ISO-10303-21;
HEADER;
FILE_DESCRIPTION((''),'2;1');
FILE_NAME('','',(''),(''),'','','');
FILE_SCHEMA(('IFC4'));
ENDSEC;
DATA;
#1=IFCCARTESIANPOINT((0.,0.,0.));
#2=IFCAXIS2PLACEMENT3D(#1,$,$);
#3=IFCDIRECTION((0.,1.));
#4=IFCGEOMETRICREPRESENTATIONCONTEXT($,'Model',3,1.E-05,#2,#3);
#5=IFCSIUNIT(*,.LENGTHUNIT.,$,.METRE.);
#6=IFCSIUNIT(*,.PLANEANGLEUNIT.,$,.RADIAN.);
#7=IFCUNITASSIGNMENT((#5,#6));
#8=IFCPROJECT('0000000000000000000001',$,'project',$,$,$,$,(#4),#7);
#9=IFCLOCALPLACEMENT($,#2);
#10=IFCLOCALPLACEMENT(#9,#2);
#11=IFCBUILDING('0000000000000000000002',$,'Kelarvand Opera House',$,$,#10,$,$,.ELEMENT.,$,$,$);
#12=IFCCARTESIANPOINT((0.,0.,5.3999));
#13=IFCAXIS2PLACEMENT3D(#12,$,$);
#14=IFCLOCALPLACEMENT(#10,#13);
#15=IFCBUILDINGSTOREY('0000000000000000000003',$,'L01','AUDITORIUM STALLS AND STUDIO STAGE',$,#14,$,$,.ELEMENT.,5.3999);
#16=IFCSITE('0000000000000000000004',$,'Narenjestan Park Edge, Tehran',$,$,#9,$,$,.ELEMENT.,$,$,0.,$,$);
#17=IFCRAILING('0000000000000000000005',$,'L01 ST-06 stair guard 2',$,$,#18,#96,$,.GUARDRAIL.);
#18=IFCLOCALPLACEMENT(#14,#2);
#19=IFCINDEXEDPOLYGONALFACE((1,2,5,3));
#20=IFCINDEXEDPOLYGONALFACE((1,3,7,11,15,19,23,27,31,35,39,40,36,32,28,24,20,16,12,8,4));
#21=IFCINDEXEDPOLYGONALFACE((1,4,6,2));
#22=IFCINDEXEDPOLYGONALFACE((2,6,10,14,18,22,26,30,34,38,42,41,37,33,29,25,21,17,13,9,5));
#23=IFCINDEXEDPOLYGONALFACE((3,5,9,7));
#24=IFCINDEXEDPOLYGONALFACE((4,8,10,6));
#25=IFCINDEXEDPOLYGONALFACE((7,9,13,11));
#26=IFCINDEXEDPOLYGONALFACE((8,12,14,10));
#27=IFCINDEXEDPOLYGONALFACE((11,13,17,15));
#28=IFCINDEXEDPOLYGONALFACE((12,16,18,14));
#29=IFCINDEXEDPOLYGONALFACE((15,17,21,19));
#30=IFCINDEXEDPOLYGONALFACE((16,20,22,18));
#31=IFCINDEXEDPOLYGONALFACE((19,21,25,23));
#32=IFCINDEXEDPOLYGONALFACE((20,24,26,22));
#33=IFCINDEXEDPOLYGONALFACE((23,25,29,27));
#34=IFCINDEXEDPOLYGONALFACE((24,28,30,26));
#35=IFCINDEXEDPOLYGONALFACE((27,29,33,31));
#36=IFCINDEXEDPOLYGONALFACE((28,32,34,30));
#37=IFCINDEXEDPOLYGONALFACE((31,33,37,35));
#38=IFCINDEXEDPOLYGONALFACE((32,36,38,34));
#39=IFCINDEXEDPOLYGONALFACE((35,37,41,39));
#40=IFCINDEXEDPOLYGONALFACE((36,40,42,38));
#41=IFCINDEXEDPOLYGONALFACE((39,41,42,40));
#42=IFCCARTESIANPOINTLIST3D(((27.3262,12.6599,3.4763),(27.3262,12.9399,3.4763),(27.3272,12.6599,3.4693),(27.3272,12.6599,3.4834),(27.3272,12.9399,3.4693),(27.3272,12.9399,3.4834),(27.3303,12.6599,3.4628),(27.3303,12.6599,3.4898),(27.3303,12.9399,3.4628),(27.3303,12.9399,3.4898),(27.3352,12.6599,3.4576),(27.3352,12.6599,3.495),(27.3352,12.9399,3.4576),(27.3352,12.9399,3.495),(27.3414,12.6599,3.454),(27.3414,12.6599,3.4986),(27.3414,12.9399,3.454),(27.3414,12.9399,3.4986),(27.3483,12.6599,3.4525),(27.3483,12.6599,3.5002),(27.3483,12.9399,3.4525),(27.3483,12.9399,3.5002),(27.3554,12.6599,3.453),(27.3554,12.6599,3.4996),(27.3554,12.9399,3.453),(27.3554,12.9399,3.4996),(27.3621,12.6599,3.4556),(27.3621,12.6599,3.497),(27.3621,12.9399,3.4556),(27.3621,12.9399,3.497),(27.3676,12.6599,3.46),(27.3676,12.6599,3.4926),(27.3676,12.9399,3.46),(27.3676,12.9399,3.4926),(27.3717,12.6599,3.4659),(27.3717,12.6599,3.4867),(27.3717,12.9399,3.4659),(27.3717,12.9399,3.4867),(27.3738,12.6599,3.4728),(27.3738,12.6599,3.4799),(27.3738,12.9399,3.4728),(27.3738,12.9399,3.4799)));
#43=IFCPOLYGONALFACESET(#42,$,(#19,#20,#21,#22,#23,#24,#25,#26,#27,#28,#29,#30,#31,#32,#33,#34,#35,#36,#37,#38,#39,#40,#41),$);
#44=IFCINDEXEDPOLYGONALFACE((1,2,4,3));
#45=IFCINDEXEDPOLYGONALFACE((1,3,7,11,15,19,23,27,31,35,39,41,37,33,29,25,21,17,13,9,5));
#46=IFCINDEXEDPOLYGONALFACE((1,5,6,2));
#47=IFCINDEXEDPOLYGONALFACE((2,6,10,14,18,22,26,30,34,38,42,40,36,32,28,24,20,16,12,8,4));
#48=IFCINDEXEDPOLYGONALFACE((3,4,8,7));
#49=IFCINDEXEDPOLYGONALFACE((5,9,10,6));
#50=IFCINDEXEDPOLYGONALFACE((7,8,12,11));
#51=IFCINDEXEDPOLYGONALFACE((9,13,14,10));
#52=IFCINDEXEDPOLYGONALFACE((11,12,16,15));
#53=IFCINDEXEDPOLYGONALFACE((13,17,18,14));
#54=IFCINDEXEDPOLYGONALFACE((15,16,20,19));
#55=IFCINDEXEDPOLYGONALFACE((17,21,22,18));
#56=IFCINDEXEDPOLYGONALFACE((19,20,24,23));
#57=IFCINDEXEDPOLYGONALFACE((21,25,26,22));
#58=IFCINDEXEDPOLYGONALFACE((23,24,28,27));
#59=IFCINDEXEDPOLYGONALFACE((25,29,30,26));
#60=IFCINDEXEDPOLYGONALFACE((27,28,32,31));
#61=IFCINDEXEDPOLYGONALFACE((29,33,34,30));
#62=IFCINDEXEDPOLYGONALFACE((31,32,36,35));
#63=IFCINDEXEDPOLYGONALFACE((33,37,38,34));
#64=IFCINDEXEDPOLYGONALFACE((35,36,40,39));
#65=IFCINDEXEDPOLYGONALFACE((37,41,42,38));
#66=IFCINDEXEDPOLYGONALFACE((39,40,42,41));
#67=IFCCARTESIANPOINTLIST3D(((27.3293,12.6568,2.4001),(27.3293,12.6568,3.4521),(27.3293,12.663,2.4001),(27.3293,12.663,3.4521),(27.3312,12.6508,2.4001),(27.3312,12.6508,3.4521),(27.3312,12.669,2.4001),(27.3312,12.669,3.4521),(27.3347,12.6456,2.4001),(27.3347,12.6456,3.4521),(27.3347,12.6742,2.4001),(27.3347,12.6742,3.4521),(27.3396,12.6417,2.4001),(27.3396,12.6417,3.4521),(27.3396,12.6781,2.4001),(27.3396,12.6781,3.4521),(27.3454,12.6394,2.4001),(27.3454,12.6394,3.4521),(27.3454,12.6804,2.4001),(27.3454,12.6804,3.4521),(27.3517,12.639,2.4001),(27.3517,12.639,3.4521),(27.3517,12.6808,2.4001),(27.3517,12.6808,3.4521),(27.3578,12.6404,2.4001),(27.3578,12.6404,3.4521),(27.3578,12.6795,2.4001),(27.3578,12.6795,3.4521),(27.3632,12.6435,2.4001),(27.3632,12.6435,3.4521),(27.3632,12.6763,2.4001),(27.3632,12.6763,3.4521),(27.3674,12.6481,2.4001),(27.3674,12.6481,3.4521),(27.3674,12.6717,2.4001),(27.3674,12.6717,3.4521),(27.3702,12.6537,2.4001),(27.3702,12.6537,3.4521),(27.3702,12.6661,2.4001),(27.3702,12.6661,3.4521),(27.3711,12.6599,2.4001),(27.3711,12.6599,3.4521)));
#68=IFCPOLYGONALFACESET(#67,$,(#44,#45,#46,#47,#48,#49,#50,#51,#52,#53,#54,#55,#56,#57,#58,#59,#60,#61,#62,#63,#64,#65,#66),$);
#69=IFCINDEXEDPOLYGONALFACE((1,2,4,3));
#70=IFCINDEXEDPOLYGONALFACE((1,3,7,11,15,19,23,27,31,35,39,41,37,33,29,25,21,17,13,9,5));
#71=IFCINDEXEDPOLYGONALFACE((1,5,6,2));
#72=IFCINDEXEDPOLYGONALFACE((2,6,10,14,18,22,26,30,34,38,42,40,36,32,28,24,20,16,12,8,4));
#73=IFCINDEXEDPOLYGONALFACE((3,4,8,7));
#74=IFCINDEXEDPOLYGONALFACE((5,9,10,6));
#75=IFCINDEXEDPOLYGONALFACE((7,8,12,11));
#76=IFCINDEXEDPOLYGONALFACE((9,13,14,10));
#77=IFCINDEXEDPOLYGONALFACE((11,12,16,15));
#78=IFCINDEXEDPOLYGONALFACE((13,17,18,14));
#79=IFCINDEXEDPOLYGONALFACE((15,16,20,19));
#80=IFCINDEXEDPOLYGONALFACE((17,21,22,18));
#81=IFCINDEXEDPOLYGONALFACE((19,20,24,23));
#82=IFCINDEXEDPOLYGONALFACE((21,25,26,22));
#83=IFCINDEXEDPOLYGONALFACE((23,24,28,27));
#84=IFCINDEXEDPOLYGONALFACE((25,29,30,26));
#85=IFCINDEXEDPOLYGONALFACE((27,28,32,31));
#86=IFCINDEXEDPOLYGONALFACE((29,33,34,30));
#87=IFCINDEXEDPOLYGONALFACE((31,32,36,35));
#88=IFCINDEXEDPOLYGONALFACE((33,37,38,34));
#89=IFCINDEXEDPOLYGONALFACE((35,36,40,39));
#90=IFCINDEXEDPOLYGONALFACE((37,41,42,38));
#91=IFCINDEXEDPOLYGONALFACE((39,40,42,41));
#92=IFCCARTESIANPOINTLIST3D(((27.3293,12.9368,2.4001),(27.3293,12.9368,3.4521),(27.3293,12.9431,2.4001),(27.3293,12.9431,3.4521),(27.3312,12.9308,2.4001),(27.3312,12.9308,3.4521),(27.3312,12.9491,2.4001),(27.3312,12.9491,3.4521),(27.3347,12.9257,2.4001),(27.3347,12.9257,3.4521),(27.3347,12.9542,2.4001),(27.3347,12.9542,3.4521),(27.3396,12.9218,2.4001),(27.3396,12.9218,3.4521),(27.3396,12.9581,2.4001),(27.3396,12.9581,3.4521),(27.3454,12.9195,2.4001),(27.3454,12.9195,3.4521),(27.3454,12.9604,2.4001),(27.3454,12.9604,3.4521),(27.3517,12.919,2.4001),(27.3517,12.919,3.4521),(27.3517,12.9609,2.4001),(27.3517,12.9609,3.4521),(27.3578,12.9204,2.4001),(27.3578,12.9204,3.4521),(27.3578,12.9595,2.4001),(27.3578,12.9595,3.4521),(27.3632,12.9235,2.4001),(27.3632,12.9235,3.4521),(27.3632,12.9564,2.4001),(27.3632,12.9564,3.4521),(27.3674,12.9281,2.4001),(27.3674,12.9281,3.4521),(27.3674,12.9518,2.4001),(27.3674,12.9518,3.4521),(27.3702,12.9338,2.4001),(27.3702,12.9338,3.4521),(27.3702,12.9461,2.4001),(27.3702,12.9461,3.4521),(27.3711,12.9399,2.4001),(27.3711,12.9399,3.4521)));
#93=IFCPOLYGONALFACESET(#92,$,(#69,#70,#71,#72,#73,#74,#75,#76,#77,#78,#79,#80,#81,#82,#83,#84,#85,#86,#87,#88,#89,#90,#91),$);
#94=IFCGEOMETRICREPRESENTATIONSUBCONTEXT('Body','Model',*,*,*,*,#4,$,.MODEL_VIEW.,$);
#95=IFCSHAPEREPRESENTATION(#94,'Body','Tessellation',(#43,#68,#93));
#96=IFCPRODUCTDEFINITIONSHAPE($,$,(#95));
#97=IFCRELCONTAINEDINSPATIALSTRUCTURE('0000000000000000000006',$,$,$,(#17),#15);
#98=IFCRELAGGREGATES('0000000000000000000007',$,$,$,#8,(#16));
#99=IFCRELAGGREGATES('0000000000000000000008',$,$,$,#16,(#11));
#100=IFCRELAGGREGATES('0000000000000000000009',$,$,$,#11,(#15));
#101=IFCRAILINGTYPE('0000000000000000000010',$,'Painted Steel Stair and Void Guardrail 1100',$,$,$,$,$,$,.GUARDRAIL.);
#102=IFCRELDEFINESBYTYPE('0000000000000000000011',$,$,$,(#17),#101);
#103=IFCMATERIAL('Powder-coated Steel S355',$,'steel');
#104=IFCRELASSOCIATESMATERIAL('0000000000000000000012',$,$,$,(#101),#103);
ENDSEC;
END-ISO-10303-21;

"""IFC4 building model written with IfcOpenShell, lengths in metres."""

from ifc_helpers import new_model, si_unit, direction, frame, origin, origin_2d, place, context, subcontext, project, spatial, circle, extrude, material, type_object, element, save


model = new_model("IFC4")

# Units and contexts
model_context = context("Model", 3, precision=1e-05, world=origin(), true_north=direction((0.0, 1.0)))
body_context = subcontext(model_context, "Body", "Model", "MODEL_VIEW")
ifc_project = project(units=[si_unit("LENGTHUNIT", "METRE"), si_unit("PLANEANGLEUNIT", "RADIAN")], contexts=[model_context])

# Site, building, storey
site_placement = place(None, origin())
site = spatial("IfcSite", under=ifc_project, at=site_placement, Name="Narenjestan Park Edge, Tehran", CompositionType="ELEMENT", RefElevation=0.0)
building_placement = place(site_placement, origin())
building = spatial("IfcBuilding", under=site, at=building_placement, Name="Kelarvand Opera House", CompositionType="ELEMENT")
storey_placement = place(building_placement, frame((0.0, 0.0, 5.3999)))
storey = spatial("IfcBuildingStorey", under=building, at=storey_placement, Name="L01", Description="AUDITORIUM STALLS AND STUDIO STAGE", CompositionType="ELEMENT", Elevation=5.3999)

# Railing
ifc_material_1 = material(Name="Powder-coated Steel S355", Category="steel")
railing_type_1 = type_object("IfcRailingType", Name="Painted Steel Stair and Void Guardrail 1100", PredefinedType="GUARDRAIL", material=ifc_material_1)
railing_1_placement = place(storey_placement, frame((27.3501, 12.6599, 2.4001)))
element("IfcRailing", 1, at=railing_1_placement, inside=storey, type_object=railing_type_1, Name="L01 ST-06 stair guard 2", PredefinedType="GUARDRAIL", context=body_context, shape_type="SweptSolid", body=[
    extrude(circle(Radius=0.0239, at=origin_2d()), frame((0.0, 0.0, 1.0762), z_axis=(0.0, 1.0, 0.0), x_axis=(-1.0, 0.0, 0.0)), (0.0, 0.0, 1.0), 0.28),
    extrude(circle(Radius=0.021, at=origin_2d()), origin(), (0.0, 0.0, 1.0), 1.052),
    extrude(circle(Radius=0.021, at=origin_2d()), frame((0.0, 0.28, 0.0)), (0.0, 0.0, 1.0), 1.052),
])

save(model, "model.ifc")
